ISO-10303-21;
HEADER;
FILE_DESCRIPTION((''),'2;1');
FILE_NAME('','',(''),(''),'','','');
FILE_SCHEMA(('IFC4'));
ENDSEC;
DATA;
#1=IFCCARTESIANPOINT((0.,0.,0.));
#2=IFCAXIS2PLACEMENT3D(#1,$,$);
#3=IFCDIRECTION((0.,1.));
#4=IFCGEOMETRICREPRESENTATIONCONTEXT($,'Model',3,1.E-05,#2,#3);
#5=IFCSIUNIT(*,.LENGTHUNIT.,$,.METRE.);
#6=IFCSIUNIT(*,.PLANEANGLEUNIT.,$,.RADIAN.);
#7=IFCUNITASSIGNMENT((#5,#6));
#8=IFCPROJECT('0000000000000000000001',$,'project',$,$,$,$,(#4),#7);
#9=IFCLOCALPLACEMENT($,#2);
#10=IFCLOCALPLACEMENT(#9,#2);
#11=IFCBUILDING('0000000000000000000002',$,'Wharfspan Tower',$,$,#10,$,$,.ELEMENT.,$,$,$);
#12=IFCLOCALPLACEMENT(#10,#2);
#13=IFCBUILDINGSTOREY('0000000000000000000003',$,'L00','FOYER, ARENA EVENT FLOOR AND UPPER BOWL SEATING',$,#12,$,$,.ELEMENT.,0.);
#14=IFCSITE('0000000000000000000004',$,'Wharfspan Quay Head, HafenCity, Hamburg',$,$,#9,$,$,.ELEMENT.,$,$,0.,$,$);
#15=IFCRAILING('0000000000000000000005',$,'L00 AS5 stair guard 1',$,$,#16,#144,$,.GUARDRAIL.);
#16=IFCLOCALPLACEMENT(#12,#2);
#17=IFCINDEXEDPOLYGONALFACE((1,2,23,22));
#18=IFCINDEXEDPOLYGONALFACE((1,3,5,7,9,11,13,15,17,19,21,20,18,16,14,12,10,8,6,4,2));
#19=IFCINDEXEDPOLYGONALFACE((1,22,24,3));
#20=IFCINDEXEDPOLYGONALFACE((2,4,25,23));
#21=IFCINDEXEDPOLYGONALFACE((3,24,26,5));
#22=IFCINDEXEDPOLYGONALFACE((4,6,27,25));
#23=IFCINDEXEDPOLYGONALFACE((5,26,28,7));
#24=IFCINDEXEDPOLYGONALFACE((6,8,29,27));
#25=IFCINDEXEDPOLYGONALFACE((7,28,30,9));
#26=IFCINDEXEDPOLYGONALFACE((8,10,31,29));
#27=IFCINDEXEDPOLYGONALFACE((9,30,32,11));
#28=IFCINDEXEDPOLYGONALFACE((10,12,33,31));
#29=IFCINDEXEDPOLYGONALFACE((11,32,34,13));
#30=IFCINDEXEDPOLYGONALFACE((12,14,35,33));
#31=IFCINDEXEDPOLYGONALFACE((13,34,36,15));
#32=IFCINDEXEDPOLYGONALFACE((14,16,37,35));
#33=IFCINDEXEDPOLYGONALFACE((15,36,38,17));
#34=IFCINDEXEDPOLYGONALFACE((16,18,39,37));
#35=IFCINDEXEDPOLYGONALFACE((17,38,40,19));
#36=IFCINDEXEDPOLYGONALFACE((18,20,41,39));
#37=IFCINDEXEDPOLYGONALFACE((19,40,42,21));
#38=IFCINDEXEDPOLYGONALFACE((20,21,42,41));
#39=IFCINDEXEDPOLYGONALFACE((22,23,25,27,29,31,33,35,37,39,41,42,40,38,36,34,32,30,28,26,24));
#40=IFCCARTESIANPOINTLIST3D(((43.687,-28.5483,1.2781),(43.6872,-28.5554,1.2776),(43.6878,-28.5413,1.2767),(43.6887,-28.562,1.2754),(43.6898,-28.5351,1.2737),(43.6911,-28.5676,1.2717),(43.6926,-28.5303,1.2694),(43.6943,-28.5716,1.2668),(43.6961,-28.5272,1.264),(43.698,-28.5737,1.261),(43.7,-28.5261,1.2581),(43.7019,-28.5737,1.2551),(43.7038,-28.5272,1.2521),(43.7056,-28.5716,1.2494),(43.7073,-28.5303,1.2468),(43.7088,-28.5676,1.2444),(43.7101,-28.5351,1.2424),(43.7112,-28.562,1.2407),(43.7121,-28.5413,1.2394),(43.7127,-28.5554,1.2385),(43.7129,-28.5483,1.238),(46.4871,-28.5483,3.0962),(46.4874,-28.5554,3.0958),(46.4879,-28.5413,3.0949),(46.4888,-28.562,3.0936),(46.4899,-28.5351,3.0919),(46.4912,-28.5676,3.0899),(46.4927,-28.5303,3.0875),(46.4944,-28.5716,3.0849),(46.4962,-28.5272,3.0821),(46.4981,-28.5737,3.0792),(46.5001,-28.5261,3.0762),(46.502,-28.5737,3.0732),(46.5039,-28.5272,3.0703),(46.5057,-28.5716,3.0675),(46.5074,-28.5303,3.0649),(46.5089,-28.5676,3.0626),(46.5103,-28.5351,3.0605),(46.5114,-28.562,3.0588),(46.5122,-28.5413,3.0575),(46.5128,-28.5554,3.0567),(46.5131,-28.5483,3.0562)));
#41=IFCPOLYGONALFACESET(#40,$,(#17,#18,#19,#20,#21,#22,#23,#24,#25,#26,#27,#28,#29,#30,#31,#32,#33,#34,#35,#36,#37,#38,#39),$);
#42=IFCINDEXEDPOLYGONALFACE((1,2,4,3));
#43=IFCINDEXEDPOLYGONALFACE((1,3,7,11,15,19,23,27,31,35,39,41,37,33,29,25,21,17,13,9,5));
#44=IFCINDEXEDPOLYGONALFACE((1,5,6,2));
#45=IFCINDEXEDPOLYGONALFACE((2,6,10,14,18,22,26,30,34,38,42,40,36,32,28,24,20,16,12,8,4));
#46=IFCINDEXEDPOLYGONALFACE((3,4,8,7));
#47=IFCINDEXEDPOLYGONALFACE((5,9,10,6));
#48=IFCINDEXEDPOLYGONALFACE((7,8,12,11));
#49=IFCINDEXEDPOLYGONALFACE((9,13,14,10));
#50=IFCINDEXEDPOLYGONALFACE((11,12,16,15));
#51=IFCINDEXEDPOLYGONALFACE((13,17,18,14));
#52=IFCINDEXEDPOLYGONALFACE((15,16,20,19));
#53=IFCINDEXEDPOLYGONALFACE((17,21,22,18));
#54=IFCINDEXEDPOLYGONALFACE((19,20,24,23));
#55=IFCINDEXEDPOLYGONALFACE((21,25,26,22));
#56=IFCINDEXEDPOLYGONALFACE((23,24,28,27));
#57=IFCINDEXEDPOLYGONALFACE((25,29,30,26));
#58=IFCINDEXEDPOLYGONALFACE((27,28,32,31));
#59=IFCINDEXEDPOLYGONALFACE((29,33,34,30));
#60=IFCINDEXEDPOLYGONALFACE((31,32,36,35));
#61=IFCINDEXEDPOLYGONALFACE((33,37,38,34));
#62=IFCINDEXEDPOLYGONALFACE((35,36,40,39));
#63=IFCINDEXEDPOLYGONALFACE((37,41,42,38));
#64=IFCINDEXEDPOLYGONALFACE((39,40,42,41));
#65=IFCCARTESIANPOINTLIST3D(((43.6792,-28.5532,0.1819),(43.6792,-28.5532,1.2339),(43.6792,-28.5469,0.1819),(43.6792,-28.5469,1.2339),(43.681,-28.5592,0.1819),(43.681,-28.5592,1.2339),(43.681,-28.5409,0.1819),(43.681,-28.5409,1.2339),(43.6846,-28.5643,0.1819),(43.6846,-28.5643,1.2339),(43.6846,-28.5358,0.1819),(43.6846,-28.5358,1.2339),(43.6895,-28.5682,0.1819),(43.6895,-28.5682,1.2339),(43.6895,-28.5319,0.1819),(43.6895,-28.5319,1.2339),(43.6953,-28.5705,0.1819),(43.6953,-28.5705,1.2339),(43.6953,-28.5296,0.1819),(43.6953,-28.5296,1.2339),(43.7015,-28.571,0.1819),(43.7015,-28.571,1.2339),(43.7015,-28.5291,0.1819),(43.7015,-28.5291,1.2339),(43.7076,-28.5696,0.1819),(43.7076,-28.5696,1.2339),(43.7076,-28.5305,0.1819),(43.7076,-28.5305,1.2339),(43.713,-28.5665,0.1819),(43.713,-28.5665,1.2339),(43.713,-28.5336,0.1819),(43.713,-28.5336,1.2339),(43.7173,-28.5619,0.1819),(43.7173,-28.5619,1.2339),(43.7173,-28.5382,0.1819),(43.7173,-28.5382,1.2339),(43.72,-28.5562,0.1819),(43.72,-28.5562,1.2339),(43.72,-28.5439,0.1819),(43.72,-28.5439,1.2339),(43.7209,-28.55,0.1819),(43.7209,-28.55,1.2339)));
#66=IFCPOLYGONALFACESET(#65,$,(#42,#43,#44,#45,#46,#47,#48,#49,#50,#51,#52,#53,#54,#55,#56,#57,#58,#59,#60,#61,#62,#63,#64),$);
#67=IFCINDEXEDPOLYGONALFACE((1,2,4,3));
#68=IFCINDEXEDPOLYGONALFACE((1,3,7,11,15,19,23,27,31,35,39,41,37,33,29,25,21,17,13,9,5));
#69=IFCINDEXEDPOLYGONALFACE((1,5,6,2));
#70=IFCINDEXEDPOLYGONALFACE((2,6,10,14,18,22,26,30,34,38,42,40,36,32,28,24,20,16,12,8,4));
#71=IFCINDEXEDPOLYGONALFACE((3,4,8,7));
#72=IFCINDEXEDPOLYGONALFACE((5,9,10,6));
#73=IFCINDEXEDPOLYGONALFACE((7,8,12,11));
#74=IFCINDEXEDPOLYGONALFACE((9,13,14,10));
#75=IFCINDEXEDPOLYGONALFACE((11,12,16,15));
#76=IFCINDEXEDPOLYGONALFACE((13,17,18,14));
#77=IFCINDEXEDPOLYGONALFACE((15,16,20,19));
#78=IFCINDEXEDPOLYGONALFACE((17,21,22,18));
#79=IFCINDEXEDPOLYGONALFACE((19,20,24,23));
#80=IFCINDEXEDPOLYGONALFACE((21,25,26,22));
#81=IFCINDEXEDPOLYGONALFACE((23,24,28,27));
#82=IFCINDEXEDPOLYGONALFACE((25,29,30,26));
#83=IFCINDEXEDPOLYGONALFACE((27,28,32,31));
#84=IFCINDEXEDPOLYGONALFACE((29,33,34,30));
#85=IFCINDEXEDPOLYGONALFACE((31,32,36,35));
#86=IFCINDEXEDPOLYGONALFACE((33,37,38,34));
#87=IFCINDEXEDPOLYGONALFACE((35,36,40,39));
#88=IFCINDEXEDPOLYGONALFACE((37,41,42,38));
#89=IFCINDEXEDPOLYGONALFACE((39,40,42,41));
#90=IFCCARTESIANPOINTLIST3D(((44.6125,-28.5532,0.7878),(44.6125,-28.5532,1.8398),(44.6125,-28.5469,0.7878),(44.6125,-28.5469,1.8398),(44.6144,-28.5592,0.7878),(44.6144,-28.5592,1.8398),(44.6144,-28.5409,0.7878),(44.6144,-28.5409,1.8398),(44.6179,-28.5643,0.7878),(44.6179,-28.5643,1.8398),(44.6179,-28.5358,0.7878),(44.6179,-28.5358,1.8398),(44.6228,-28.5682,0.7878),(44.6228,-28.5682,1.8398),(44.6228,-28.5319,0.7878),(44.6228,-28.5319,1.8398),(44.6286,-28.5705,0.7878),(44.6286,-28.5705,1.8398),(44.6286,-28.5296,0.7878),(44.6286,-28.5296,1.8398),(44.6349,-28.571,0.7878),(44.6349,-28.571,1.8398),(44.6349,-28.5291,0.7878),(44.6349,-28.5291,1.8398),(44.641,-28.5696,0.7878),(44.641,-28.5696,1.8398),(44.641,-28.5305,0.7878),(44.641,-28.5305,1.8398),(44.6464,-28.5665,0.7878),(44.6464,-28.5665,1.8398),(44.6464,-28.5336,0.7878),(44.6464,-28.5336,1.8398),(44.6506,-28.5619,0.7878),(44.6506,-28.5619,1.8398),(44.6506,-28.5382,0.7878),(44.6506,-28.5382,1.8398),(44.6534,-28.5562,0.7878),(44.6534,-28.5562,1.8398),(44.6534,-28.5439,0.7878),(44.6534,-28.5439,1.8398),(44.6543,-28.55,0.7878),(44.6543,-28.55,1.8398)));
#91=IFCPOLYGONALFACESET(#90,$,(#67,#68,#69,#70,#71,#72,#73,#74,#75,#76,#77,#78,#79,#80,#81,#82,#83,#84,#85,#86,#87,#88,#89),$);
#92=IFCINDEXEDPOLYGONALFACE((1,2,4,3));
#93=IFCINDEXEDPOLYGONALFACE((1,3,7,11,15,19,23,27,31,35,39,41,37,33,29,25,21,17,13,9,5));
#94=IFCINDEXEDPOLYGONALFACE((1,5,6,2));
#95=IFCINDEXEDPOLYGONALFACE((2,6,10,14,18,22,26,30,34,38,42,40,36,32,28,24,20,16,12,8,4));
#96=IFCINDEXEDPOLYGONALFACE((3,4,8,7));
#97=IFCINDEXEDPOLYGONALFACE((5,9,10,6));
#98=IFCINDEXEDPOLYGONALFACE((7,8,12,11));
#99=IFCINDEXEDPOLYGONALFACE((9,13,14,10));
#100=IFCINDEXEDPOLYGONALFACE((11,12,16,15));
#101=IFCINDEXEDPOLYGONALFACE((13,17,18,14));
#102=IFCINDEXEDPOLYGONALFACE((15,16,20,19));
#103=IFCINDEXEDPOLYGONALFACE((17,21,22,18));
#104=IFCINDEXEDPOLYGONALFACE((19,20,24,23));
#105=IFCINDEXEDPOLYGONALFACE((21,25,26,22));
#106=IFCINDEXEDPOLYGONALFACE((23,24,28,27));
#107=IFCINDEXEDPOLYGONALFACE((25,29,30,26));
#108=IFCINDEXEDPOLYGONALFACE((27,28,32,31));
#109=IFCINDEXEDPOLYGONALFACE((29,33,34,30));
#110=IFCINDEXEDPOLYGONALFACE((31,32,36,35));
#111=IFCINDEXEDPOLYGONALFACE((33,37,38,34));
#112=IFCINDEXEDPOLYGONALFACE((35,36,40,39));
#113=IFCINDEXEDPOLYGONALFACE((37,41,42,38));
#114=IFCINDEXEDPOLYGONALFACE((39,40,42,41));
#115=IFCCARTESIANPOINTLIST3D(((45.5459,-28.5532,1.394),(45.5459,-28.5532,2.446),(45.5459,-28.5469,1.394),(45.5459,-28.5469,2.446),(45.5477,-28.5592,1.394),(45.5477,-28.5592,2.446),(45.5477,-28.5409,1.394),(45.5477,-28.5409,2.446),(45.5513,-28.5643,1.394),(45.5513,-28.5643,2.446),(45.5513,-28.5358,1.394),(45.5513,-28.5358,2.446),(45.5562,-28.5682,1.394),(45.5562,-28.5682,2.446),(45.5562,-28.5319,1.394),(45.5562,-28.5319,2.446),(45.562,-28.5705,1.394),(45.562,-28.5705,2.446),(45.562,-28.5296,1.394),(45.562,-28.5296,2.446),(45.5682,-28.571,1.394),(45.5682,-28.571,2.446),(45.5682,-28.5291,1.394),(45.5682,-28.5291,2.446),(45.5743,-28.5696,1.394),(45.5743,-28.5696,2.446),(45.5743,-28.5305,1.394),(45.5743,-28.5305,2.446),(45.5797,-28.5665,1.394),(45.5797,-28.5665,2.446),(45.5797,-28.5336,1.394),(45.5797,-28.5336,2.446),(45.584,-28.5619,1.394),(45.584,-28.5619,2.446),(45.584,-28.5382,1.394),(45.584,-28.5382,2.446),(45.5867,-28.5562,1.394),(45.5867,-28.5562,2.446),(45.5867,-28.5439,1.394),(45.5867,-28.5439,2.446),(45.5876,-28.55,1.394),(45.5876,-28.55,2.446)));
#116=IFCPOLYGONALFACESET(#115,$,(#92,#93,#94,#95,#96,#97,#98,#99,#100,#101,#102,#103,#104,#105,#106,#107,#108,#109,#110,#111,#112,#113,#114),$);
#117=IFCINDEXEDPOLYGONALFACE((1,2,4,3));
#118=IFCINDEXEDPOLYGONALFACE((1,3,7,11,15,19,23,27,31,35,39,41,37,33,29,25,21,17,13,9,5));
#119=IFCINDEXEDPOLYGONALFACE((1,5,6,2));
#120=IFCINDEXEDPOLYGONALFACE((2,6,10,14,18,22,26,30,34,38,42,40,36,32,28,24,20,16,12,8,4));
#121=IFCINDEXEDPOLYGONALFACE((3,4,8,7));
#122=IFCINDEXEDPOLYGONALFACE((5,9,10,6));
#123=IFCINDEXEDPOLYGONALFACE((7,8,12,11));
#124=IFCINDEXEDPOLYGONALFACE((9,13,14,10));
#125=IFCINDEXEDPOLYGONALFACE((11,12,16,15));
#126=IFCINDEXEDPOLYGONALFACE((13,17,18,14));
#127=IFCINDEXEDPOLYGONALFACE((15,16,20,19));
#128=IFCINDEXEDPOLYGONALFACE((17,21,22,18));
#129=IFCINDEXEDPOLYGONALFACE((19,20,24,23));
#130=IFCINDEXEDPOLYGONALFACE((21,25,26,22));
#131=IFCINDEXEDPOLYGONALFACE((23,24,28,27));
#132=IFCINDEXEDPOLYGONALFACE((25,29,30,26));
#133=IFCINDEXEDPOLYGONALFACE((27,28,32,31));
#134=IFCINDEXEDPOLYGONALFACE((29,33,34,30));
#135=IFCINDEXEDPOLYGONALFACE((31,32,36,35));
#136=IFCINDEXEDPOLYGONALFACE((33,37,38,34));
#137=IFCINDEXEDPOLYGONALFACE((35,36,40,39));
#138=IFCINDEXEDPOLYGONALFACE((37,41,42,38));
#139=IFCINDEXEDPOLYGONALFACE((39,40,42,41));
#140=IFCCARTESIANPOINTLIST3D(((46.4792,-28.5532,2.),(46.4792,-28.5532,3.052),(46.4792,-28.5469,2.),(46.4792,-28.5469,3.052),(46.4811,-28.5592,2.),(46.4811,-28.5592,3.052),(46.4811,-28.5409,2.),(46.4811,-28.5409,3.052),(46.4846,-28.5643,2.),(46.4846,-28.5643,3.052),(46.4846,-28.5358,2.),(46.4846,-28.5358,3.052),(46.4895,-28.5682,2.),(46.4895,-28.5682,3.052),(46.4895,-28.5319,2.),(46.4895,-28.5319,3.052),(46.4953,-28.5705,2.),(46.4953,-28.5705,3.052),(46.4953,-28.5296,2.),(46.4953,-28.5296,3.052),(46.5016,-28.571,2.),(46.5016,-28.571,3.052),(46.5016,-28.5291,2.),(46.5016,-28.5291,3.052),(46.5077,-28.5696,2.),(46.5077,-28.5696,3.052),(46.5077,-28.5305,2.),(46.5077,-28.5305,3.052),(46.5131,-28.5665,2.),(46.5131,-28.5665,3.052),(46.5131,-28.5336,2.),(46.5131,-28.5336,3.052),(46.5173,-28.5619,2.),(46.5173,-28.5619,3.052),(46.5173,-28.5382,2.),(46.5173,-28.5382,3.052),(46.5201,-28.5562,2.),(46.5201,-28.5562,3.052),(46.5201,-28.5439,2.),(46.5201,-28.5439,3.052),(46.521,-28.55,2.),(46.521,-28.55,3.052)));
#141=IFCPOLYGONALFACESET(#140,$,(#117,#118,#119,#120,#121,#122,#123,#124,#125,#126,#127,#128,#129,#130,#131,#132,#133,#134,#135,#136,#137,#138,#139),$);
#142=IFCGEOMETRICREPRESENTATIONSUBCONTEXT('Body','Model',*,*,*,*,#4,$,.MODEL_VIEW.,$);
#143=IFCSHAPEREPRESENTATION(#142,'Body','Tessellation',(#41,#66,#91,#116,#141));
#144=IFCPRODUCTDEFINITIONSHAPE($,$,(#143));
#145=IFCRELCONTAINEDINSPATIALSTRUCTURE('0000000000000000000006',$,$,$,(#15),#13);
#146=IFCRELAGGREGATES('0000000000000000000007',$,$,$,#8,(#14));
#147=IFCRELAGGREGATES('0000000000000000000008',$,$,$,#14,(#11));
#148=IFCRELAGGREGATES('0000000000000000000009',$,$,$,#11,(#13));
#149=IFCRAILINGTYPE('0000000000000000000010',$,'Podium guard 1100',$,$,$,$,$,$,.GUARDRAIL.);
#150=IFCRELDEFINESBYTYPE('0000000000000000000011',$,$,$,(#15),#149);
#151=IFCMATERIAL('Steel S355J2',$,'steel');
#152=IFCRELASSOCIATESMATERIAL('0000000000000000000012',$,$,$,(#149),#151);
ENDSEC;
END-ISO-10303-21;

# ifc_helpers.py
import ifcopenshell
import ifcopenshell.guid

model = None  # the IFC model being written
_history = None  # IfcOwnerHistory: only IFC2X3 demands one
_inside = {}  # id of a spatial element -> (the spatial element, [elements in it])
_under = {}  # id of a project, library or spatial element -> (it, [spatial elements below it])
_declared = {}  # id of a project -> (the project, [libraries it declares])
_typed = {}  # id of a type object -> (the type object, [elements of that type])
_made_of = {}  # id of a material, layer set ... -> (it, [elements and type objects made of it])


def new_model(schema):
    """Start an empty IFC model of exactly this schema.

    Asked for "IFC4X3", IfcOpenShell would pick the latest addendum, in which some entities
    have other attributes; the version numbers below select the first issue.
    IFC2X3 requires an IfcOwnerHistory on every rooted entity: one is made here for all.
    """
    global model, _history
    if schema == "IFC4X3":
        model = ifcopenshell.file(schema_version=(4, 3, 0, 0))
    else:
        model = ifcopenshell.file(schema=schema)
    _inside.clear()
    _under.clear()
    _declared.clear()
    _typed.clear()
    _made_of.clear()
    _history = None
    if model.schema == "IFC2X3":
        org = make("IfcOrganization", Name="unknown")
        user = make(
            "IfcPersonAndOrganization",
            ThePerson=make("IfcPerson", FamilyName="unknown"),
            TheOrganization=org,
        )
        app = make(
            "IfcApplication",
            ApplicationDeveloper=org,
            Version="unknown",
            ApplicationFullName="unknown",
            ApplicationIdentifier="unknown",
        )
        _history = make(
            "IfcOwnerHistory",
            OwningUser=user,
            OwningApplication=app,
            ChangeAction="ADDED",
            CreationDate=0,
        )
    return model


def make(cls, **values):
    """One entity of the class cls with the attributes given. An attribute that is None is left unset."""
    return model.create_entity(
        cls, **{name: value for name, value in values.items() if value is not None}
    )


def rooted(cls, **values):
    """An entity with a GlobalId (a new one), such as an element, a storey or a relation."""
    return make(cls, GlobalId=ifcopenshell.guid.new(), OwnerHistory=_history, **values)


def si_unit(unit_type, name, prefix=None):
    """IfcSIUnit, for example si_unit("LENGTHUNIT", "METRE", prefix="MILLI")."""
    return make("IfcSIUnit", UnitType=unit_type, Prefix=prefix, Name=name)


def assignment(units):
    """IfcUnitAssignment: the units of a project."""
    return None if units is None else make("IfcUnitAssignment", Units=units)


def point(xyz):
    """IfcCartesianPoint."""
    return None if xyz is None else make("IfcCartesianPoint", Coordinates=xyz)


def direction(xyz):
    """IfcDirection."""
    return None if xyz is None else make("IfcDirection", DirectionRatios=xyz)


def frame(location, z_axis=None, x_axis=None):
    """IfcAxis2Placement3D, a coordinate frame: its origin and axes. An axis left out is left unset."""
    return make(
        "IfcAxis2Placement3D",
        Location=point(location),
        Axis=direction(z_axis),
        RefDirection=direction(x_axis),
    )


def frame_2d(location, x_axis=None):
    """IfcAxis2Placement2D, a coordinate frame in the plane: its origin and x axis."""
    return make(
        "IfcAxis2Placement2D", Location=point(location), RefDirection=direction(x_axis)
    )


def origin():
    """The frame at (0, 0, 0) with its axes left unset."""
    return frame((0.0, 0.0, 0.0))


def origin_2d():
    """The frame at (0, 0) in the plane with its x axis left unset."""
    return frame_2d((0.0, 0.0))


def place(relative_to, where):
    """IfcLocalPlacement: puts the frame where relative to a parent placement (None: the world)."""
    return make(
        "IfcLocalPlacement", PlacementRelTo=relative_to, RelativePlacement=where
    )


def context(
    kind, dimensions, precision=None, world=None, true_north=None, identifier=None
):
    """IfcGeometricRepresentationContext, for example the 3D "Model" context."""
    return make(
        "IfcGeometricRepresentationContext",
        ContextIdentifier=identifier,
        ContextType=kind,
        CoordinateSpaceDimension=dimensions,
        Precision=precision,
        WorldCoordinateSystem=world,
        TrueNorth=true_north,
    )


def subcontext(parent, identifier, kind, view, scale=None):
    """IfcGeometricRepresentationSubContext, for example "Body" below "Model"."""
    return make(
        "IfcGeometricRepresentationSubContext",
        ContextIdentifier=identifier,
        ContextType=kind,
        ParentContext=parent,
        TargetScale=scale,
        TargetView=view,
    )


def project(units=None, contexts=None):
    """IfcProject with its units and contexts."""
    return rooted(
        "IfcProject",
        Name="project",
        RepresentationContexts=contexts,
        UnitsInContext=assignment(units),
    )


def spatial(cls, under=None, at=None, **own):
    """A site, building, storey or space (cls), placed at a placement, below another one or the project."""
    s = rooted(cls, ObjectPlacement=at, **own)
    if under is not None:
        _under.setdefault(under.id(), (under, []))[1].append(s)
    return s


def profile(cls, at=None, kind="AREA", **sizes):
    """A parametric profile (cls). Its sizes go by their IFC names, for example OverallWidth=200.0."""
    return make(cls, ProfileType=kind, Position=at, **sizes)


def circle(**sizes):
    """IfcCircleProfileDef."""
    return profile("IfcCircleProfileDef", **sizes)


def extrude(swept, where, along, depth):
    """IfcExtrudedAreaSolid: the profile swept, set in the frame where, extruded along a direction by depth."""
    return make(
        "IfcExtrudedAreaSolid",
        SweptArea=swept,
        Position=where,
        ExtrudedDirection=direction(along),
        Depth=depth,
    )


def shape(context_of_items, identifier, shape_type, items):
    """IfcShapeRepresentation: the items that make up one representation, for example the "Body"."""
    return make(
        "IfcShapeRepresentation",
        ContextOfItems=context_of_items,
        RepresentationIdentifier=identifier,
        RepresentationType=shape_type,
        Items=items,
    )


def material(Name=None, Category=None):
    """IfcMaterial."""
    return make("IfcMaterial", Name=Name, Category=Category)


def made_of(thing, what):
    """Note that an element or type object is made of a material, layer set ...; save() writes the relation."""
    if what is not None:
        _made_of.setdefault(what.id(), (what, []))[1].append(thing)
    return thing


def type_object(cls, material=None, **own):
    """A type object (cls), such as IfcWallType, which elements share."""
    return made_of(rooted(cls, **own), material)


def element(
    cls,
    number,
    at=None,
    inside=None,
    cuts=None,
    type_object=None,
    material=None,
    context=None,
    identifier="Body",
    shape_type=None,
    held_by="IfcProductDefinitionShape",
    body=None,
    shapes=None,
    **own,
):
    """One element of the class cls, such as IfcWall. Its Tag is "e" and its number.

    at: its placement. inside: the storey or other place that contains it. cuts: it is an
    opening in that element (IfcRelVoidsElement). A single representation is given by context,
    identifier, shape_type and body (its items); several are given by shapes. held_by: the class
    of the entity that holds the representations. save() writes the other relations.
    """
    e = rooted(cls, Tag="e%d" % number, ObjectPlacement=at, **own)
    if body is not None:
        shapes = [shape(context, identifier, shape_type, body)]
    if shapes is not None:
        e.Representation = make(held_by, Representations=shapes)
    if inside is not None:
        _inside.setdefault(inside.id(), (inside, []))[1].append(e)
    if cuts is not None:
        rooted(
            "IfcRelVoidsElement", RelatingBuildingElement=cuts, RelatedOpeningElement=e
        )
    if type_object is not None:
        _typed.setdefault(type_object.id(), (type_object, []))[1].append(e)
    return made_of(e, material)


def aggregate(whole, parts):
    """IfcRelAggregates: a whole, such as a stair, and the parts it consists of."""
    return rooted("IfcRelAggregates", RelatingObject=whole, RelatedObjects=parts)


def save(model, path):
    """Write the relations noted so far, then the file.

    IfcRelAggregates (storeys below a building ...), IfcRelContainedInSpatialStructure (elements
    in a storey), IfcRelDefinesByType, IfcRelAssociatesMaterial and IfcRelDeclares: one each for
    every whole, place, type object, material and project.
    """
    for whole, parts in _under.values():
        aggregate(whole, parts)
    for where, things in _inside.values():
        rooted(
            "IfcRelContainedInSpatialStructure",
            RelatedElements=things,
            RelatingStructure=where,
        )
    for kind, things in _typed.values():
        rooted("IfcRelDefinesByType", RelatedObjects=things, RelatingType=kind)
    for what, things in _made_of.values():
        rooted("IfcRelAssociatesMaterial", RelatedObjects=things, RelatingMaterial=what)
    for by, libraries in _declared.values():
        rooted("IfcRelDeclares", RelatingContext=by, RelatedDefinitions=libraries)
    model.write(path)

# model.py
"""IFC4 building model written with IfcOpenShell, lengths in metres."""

from ifc_helpers import new_model, si_unit, direction, frame, origin, origin_2d, place, context, subcontext, project, spatial, circle, extrude, material, type_object, element, save


model = new_model("IFC4")

# Units and contexts
model_context = context("Model", 3, precision=1e-05, world=origin(), true_north=direction((0.0, 1.0)))
body_context = subcontext(model_context, "Body", "Model", "MODEL_VIEW")
ifc_project = project(units=[si_unit("LENGTHUNIT", "METRE"), si_unit("PLANEANGLEUNIT", "RADIAN")], contexts=[model_context])

# Site, building, storey
site_placement = place(None, origin())
site = spatial("IfcSite", under=ifc_project, at=site_placement, Name="Wharfspan Quay Head, HafenCity, Hamburg", CompositionType="ELEMENT", RefElevation=0.0)
building_placement = place(site_placement, origin())
building = spatial("IfcBuilding", under=site, at=building_placement, Name="Wharfspan Tower", CompositionType="ELEMENT")
storey_placement = place(building_placement, origin())
storey = spatial("IfcBuildingStorey", under=building, at=storey_placement, Name="L00", Description="FOYER, ARENA EVENT FLOOR AND UPPER BOWL SEATING", CompositionType="ELEMENT", Elevation=0.0)

# Railing
ifc_material_1 = material(Name="Steel S355J2", Category="steel")
railing_type_1 = type_object("IfcRailingType", Name="Podium guard 1100", PredefinedType="GUARDRAIL", material=ifc_material_1)
railing_1_placement = place(storey_placement, frame((43.7, -28.55, 0.1819)))
element("IfcRailing", 1, at=railing_1_placement, inside=storey, type_object=railing_type_1, Name="L00 AS5 stair guard 1", PredefinedType="GUARDRAIL", context=body_context, shape_type="SweptSolid", body=[
    extrude(circle(Radius=0.0239, at=origin_2d()), frame((0.0, 0.0, 1.0762), z_axis=(0.838706, 0.0, 0.544585), x_axis=(0.0, 1.0, 0.0)), (0.0, 0.0, 1.0), 3.3386),
    extrude(circle(Radius=0.021, at=origin_2d()), origin(), (0.0, 0.0, 1.0), 1.052),
    extrude(circle(Radius=0.021, at=origin_2d()), frame((0.9334, 0.0, 0.606)), (0.0, 0.0, 1.0), 1.052),
    extrude(circle(Radius=0.021, at=origin_2d()), frame((1.8667, 0.0, 1.2122)), (0.0, 0.0, 1.0), 1.052),
    extrude(circle(Radius=0.021, at=origin_2d()), frame((2.8, 0.0, 1.8181)), (0.0, 0.0, 1.0), 1.052),
])

save(model, "model.ifc")
